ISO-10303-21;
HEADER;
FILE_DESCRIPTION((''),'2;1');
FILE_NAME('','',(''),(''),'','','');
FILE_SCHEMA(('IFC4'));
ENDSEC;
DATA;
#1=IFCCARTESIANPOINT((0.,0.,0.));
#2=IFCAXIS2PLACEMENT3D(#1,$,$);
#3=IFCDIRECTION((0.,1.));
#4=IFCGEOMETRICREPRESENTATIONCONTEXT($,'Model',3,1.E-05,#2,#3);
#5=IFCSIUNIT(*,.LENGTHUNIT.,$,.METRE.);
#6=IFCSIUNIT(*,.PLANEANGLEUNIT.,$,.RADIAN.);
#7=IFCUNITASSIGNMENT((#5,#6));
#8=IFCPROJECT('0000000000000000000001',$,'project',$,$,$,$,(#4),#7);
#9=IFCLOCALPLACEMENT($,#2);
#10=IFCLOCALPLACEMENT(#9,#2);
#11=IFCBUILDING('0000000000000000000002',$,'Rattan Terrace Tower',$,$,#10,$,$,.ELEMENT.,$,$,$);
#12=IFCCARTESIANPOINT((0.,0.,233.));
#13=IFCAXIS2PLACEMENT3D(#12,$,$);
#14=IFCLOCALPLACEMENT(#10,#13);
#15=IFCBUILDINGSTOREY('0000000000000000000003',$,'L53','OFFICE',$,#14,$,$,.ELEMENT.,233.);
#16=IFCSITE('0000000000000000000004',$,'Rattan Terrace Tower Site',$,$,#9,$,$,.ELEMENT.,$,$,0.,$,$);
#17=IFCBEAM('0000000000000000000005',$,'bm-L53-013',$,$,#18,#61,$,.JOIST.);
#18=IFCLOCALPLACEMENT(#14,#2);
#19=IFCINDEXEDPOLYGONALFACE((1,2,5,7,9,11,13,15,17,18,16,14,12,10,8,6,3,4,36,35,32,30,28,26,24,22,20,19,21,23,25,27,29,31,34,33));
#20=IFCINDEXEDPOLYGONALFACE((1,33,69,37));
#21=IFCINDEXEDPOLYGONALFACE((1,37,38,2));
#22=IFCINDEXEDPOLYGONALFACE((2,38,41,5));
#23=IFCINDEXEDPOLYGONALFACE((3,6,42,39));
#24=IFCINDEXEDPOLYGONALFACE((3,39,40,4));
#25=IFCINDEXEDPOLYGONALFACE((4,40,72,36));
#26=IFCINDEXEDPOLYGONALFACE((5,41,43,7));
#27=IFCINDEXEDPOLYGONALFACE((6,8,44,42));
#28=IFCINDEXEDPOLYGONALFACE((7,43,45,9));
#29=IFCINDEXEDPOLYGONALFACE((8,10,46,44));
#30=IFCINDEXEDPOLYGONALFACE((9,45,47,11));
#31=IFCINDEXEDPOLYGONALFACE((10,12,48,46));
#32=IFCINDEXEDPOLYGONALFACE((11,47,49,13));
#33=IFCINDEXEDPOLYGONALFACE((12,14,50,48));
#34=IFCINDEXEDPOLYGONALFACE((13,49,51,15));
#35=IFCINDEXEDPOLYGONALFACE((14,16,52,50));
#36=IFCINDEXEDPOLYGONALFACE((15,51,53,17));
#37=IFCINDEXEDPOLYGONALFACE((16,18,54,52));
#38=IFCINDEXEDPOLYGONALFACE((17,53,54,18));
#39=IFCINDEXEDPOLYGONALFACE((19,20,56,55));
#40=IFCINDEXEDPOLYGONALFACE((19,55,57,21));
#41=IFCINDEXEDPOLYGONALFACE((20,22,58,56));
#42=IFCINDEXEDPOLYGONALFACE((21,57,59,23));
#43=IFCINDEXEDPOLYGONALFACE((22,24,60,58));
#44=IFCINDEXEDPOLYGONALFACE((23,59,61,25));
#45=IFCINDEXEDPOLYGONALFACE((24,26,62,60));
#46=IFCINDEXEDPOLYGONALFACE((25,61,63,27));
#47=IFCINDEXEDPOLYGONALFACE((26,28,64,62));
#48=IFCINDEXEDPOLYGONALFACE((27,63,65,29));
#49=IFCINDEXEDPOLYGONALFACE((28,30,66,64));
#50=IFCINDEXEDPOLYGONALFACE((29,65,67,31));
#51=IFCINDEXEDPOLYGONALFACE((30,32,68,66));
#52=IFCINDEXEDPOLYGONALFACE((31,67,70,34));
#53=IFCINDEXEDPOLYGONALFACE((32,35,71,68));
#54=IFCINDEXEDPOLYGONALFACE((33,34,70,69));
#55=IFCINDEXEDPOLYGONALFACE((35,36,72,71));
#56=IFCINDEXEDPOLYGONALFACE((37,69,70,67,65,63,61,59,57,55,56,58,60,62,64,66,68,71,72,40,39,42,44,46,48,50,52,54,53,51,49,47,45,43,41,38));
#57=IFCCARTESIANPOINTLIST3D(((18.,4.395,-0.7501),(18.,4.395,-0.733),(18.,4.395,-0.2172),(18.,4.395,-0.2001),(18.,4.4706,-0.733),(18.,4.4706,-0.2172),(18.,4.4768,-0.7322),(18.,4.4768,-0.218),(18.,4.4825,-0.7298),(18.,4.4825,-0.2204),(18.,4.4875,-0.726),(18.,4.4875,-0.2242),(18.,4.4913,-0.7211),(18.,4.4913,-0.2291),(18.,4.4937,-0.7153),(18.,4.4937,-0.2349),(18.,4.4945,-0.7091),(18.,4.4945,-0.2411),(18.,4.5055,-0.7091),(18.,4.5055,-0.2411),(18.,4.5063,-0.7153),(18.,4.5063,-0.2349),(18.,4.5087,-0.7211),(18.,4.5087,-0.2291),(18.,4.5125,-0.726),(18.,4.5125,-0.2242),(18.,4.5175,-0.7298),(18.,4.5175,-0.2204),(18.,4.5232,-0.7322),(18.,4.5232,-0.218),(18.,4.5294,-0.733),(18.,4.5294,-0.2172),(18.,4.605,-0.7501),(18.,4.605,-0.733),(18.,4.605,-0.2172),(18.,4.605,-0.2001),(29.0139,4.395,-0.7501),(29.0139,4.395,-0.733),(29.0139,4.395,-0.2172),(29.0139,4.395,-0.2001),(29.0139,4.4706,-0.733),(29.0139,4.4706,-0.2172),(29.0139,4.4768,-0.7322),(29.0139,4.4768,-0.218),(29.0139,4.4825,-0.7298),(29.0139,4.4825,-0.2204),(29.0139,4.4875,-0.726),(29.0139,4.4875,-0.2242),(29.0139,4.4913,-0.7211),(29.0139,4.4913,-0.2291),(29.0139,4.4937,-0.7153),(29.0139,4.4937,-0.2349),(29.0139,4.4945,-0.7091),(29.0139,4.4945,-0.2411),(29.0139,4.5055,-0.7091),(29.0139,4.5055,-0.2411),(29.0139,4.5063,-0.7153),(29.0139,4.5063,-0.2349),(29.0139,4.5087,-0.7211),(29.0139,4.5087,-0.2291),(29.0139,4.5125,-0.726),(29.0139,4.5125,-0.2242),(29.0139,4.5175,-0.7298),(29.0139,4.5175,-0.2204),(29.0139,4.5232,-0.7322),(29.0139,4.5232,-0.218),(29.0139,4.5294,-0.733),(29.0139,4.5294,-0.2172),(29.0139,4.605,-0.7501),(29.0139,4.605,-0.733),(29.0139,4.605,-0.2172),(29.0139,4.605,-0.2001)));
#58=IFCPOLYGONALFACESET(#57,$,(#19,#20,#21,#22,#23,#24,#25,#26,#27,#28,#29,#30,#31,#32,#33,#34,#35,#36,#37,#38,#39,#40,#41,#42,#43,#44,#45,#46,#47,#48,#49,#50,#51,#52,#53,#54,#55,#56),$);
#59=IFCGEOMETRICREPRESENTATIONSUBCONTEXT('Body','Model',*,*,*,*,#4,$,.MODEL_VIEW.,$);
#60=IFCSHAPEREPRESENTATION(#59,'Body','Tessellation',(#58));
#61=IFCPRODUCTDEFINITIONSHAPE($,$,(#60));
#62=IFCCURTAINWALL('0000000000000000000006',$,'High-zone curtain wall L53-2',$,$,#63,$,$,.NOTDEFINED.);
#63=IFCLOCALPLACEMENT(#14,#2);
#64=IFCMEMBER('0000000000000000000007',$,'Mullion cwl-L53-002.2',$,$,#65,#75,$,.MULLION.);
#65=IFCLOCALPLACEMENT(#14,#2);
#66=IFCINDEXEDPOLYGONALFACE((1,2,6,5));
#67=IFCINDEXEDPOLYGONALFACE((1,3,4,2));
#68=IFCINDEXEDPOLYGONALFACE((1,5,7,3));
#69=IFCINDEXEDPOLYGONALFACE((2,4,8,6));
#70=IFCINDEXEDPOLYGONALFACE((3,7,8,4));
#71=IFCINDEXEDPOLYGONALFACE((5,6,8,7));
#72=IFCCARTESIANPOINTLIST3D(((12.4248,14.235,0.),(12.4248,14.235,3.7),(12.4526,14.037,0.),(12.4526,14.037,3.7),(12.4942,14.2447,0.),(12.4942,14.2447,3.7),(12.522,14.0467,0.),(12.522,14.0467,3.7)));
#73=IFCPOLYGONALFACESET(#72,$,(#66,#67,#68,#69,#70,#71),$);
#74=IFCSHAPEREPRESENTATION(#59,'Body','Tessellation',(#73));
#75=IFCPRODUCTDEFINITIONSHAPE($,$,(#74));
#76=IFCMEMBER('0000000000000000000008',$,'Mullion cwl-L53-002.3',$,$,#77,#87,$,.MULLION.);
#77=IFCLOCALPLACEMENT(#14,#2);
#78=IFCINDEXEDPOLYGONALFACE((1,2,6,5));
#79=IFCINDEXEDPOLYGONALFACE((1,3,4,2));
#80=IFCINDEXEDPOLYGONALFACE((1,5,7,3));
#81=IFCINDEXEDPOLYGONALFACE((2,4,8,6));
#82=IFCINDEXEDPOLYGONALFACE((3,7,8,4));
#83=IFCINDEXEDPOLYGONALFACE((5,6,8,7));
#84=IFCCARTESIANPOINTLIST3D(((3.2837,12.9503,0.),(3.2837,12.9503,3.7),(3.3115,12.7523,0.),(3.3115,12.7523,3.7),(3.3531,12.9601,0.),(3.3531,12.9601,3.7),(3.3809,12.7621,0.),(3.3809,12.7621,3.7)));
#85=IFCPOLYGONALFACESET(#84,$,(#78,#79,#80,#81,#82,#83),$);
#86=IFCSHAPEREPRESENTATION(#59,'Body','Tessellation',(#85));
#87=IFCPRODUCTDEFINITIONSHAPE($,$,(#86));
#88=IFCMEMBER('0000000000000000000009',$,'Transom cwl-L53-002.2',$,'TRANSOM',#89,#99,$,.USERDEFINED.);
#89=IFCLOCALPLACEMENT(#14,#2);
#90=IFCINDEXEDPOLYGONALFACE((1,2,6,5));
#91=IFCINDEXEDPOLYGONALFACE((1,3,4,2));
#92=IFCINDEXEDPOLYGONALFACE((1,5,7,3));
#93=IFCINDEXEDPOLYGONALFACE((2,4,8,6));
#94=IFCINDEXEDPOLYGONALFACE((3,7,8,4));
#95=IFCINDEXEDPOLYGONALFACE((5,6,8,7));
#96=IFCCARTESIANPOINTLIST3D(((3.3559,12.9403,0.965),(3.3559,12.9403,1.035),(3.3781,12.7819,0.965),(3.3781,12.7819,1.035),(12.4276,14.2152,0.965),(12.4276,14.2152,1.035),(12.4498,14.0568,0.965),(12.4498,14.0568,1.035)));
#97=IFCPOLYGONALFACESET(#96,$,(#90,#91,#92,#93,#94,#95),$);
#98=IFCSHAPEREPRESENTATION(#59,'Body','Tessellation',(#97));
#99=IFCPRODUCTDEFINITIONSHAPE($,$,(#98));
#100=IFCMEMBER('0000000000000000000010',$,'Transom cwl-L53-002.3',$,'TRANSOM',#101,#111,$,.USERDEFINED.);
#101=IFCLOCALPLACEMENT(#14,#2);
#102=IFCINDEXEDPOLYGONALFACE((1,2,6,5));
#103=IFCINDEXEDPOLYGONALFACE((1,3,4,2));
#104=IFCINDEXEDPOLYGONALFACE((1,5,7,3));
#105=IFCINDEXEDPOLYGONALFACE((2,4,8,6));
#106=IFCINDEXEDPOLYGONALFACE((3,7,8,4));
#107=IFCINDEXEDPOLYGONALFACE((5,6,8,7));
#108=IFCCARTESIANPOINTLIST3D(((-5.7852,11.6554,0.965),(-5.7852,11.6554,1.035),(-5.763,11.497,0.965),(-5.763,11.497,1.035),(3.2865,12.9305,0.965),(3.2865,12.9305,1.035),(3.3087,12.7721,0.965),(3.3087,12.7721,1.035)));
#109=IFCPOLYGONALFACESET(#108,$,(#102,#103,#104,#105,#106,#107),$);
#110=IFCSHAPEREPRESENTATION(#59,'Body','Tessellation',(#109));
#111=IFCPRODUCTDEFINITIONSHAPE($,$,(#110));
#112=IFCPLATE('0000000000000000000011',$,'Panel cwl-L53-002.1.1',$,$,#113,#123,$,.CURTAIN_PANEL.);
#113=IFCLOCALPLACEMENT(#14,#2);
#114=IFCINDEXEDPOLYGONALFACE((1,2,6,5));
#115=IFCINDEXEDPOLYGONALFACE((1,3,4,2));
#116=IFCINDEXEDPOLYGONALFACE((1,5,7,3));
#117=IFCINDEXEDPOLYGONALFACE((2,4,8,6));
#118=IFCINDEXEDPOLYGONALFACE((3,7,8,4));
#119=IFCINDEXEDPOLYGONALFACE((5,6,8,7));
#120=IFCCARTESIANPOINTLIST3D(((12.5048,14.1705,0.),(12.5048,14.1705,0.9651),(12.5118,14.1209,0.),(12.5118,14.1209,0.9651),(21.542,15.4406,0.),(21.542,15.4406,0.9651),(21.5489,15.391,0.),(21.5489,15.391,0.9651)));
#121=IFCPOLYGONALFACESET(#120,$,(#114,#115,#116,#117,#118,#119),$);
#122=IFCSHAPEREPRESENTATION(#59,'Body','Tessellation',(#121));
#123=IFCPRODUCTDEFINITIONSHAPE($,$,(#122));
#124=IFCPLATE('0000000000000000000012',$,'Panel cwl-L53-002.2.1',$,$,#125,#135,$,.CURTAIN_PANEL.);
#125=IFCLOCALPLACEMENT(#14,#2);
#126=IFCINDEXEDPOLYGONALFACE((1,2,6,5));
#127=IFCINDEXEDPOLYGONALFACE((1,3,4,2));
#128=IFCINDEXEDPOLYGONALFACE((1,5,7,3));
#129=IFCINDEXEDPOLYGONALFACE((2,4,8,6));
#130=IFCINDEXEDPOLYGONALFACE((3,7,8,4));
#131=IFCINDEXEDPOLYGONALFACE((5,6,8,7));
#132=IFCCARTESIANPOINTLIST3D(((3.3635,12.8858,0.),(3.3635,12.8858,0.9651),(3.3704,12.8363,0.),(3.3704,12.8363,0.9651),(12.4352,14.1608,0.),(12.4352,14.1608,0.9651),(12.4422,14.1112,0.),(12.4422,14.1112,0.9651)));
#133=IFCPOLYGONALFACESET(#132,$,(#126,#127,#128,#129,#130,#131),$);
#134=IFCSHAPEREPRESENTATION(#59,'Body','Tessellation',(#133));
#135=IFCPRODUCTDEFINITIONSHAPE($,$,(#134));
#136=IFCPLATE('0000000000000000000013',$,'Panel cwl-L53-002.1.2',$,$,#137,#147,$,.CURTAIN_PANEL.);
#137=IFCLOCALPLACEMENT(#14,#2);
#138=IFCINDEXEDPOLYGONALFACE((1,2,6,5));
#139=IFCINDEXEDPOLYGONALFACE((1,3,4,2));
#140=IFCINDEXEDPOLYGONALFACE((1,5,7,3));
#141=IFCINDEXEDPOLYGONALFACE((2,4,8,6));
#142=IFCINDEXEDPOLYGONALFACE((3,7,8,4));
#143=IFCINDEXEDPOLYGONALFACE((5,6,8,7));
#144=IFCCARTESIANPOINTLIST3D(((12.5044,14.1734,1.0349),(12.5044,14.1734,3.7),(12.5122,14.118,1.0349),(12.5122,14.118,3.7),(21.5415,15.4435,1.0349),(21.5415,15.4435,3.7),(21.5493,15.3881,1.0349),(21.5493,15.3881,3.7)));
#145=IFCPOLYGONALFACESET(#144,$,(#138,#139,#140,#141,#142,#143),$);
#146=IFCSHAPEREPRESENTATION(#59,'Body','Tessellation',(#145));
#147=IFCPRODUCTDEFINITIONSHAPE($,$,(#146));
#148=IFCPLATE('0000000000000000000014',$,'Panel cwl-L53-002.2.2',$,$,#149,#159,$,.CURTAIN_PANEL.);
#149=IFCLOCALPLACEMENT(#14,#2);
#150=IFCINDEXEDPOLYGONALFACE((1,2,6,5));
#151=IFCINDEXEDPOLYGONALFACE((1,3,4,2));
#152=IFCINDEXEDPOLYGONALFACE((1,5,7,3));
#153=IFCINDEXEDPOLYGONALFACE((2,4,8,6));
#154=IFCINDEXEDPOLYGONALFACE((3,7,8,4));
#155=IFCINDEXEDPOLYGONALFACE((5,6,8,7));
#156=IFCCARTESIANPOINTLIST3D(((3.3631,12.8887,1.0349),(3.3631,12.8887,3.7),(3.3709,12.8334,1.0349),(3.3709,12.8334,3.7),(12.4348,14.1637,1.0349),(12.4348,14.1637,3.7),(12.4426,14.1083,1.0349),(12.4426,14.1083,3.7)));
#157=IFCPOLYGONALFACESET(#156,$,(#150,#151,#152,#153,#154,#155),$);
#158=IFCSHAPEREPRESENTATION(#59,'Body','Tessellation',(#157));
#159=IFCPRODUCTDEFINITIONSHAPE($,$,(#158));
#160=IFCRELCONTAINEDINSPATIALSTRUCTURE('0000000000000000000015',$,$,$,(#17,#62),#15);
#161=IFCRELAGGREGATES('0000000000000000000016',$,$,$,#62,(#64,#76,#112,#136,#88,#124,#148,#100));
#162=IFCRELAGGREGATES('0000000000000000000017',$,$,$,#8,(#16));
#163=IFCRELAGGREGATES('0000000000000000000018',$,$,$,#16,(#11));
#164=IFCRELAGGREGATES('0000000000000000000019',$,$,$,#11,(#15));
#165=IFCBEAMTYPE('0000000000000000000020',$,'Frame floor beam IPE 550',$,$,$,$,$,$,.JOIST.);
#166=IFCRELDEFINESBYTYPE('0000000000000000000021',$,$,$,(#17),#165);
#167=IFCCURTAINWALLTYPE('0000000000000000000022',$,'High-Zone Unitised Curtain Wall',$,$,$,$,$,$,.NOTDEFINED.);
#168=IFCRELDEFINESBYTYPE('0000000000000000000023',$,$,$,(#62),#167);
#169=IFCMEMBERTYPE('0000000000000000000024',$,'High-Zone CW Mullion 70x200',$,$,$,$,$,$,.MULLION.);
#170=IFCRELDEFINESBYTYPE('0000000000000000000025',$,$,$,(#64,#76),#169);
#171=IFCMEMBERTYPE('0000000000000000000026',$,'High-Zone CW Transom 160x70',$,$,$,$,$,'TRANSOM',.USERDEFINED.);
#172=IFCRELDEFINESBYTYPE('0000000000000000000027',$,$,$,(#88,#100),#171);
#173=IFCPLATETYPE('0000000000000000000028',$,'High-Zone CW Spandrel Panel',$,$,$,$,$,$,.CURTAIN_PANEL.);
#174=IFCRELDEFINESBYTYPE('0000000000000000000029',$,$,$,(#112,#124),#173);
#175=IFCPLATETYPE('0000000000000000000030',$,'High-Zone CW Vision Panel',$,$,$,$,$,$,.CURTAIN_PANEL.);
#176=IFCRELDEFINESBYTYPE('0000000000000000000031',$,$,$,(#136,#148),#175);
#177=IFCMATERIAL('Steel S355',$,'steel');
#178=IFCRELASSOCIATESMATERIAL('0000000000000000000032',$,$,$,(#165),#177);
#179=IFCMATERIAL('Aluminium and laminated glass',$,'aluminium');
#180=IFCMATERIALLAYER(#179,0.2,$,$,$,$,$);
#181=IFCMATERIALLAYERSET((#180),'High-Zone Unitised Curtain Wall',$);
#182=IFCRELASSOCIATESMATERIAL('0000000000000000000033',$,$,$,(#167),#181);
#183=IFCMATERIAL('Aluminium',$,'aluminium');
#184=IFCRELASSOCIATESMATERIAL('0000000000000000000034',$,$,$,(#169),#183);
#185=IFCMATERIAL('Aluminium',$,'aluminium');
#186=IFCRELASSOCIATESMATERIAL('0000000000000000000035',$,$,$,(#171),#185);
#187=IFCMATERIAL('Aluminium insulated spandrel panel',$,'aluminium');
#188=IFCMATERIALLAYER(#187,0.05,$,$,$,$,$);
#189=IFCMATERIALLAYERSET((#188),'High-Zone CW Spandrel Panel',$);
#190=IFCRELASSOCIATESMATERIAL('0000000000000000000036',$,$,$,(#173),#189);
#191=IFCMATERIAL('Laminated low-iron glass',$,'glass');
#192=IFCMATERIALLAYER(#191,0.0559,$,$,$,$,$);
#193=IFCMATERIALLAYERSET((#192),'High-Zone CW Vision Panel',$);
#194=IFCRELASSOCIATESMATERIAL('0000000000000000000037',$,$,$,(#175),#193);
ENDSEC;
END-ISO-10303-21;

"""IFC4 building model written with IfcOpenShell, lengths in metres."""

from ifc_helpers import new_model, si_unit, direction, frame, origin, origin_2d, place, context, subcontext, project, spatial, rectangle, i_section, extrude, material, layer, layer_set, material_profile, profile_set, type_object, element, aggregate, save


model = new_model("IFC4")

# Units and contexts
model_context = context("Model", 3, precision=1e-05, world=origin(), true_north=direction((0.0, 1.0)))
body_context = subcontext(model_context, "Body", "Model", "MODEL_VIEW")
ifc_project = project(units=[si_unit("LENGTHUNIT", "METRE"), si_unit("PLANEANGLEUNIT", "RADIAN")], contexts=[model_context])

# Site, building, storey
site_placement = place(None, origin())
site = spatial("IfcSite", under=ifc_project, at=site_placement, Name="Rattan Terrace Tower Site", CompositionType="ELEMENT", RefElevation=0.0)
building_placement = place(site_placement, origin())
building = spatial("IfcBuilding", under=site, at=building_placement, Name="Rattan Terrace Tower", CompositionType="ELEMENT")
storey_placement = place(building_placement, frame((0.0, 0.0, 233.0)))
storey = spatial("IfcBuildingStorey", under=building, at=storey_placement, Name="L53", Description="OFFICE", CompositionType="ELEMENT", Elevation=233.0)

# Beam
ifc_material_1 = material(Name="Steel S355", Category="steel")
ifc_material_profile_1 = material_profile(ifc_material_1, i_section(OverallWidth=0.21, OverallDepth=0.55, WebThickness=0.011, FlangeThickness=0.0171, FilletRadius=0.0239, at=origin_2d()), Name="IPE 550")
ifc_profile_set_1 = profile_set([ifc_material_profile_1], Name="Steel S355")
beam_type_1 = type_object("IfcBeamType", Name="Frame floor beam IPE 550", PredefinedType="JOIST", material=ifc_profile_set_1)
beam_1_placement = place(storey_placement, frame((18.0, 4.5, -0.4751), z_axis=(1.0, 0.0, 0.0), x_axis=(0.0, 1.0, 0.0)))
element("IfcBeam", 1, at=beam_1_placement, inside=storey, type_object=beam_type_1, Name="bm-L53-013", PredefinedType="JOIST", context=body_context, shape_type="SweptSolid", body=[
    extrude(i_section(OverallWidth=0.21, OverallDepth=0.55, WebThickness=0.011, FlangeThickness=0.0171, FilletRadius=0.0239, at=origin_2d()), origin(), (0.0, 0.0, 1.0), 11.0139),
])

# Curtain wall, members, plates
ifc_material_2 = material(Name="Aluminium and laminated glass", Category="aluminium")
ifc_layer_1 = layer(ifc_material_2, 0.2)
ifc_layer_set_1 = layer_set([ifc_layer_1], Name="High-Zone Unitised Curtain Wall")
curtain_wall_type = type_object("IfcCurtainWallType", Name="High-Zone Unitised Curtain Wall", PredefinedType="NOTDEFINED", material=ifc_layer_set_1)
curtain_wall_placement = place(storey_placement, origin())
curtain_wall = element("IfcCurtainWall", 2, at=curtain_wall_placement, inside=storey, type_object=curtain_wall_type, Name="High-zone curtain wall L53-2", PredefinedType="NOTDEFINED")
ifc_material_3 = material(Name="Aluminium", Category="aluminium")
ifc_material_profile_2 = material_profile(ifc_material_3, rectangle(XDim=0.0701, YDim=0.2, at=origin_2d()), Name="Aluminium 70x200")
ifc_profile_set_2 = profile_set([ifc_material_profile_2], Name="Aluminium")
member_type_1 = type_object("IfcMemberType", Name="High-Zone CW Mullion 70x200", PredefinedType="MULLION", material=ifc_profile_set_2)
member_1_placement = place(storey_placement, frame((12.4734, 14.1409, 0.0), z_axis=(0.0, 0.0, 1.0), x_axis=(-0.990267, -0.139177, 0.0)))
member_1 = element("IfcMember", 3, at=member_1_placement, type_object=member_type_1, Name="Mullion cwl-L53-002.2", PredefinedType="MULLION", context=body_context, shape_type="SweptSolid", body=[
    extrude(rectangle(XDim=0.0701, YDim=0.2, at=origin_2d()), origin(), (0.0, 0.0, 1.0), 3.7),
])
member_2_placement = place(storey_placement, frame((3.3323, 12.8562, 0.0), z_axis=(0.0, 0.0, 1.0), x_axis=(-0.990267, -0.139177, 0.0)))
member_2 = element("IfcMember", 4, at=member_2_placement, type_object=member_type_1, Name="Mullion cwl-L53-002.3", PredefinedType="MULLION", context=body_context, shape_type="SweptSolid", body=[
    extrude(rectangle(XDim=0.0701, YDim=0.2, at=origin_2d()), origin(), (0.0, 0.0, 1.0), 3.7),
])
ifc_material_4 = material(Name="Aluminium", Category="aluminium")
ifc_material_profile_3 = material_profile(ifc_material_4, rectangle(XDim=0.1599, YDim=0.0701, at=origin_2d()), Name="Aluminium 160x70")
ifc_profile_set_3 = profile_set([ifc_material_profile_3], Name="Aluminium")
member_type_2 = type_object("IfcMemberType", Name="High-Zone CW Transom 160x70", ElementType="TRANSOM", PredefinedType="USERDEFINED", material=ifc_profile_set_3)
member_3_placement = place(storey_placement, frame((12.4387, 14.136, 1.0), z_axis=(-0.990269, -0.139167, 0.0), x_axis=(0.139167, -0.990269, 0.0)))
member_3 = element("IfcMember", 5, at=member_3_placement, type_object=member_type_2, Name="Transom cwl-L53-002.2", ObjectType="TRANSOM", PredefinedType="USERDEFINED", context=body_context, shape_type="SweptSolid", body=[
    extrude(rectangle(XDim=0.1599, YDim=0.0701, at=origin_2d()), origin(), (0.0, 0.0, 1.0), 9.1609),
])
member_4_placement = place(storey_placement, frame((3.2976, 12.8513, 1.0), z_axis=(-0.990265, -0.139194, 0.0), x_axis=(0.139194, -0.990265, 0.0)))
member_4 = element("IfcMember", 6, at=member_4_placement, type_object=member_type_2, Name="Transom cwl-L53-002.3", ObjectType="TRANSOM", PredefinedType="USERDEFINED", context=body_context, shape_type="SweptSolid", body=[
    extrude(rectangle(XDim=0.1599, YDim=0.0701, at=origin_2d()), origin(), (0.0, 0.0, 1.0), 9.1609),
])
ifc_material_5 = material(Name="Aluminium insulated spandrel panel", Category="aluminium")
ifc_layer_2 = layer(ifc_material_5, 0.05)
ifc_layer_set_2 = layer_set([ifc_layer_2], Name="High-Zone CW Spandrel Panel")
plate_type_1 = type_object("IfcPlateType", Name="High-Zone CW Spandrel Panel", PredefinedType="CURTAIN_PANEL", material=ifc_layer_set_2)
plate_1_placement = place(storey_placement, frame((17.0269, 14.7808, 0.0), z_axis=(0.0, 0.0, 1.0), x_axis=(-0.990267, -0.139177, 0.0)))
plate_1 = element("IfcPlate", 7, at=plate_1_placement, type_object=plate_type_1, Name="Panel cwl-L53-002.1.1", PredefinedType="CURTAIN_PANEL", context=body_context, shape_type="SweptSolid", body=[
    extrude(rectangle(XDim=9.126, YDim=0.05, at=origin_2d()), origin(), (0.0, 0.0, 1.0), 0.9651),
])
plate_2_placement = place(storey_placement, frame((7.9028, 13.4985, 0.0), z_axis=(0.0, 0.0, 1.0), x_axis=(-0.990267, -0.139177, 0.0)))
plate_2 = element("IfcPlate", 8, at=plate_2_placement, type_object=plate_type_1, Name="Panel cwl-L53-002.2.1", PredefinedType="CURTAIN_PANEL", context=body_context, shape_type="SweptSolid", body=[
    extrude(rectangle(XDim=9.1609, YDim=0.05, at=origin_2d()), origin(), (0.0, 0.0, 1.0), 0.9651),
])
ifc_material_6 = material(Name="Laminated low-iron glass", Category="glass")
ifc_layer_3 = layer(ifc_material_6, 0.0559)
ifc_layer_set_3 = layer_set([ifc_layer_3], Name="High-Zone CW Vision Panel")
plate_type_2 = type_object("IfcPlateType", Name="High-Zone CW Vision Panel", PredefinedType="CURTAIN_PANEL", material=ifc_layer_set_3)
plate_3_placement = place(storey_placement, frame((17.0269, 14.7808, 1.0349), z_axis=(0.0, 0.0, 1.0), x_axis=(-0.990267, -0.139177, 0.0)))
plate_3 = element("IfcPlate", 9, at=plate_3_placement, type_object=plate_type_2, Name="Panel cwl-L53-002.1.2", PredefinedType="CURTAIN_PANEL", context=body_context, shape_type="SweptSolid", body=[
    extrude(rectangle(XDim=9.126, YDim=0.0559, at=origin_2d()), origin(), (0.0, 0.0, 1.0), 2.665),
])
plate_4_placement = place(storey_placement, frame((7.9028, 13.4985, 1.0349), z_axis=(0.0, 0.0, 1.0), x_axis=(-0.990267, -0.139177, 0.0)))
plate_4 = element("IfcPlate", 10, at=plate_4_placement, type_object=plate_type_2, Name="Panel cwl-L53-002.2.2", PredefinedType="CURTAIN_PANEL", context=body_context, shape_type="SweptSolid", body=[
    extrude(rectangle(XDim=9.1609, YDim=0.0559, at=origin_2d()), origin(), (0.0, 0.0, 1.0), 2.665),
])
aggregate(curtain_wall, [member_1, member_2, plate_1, plate_3, member_3, plate_2, plate_4, member_4])

save(model, "model.ifc")
